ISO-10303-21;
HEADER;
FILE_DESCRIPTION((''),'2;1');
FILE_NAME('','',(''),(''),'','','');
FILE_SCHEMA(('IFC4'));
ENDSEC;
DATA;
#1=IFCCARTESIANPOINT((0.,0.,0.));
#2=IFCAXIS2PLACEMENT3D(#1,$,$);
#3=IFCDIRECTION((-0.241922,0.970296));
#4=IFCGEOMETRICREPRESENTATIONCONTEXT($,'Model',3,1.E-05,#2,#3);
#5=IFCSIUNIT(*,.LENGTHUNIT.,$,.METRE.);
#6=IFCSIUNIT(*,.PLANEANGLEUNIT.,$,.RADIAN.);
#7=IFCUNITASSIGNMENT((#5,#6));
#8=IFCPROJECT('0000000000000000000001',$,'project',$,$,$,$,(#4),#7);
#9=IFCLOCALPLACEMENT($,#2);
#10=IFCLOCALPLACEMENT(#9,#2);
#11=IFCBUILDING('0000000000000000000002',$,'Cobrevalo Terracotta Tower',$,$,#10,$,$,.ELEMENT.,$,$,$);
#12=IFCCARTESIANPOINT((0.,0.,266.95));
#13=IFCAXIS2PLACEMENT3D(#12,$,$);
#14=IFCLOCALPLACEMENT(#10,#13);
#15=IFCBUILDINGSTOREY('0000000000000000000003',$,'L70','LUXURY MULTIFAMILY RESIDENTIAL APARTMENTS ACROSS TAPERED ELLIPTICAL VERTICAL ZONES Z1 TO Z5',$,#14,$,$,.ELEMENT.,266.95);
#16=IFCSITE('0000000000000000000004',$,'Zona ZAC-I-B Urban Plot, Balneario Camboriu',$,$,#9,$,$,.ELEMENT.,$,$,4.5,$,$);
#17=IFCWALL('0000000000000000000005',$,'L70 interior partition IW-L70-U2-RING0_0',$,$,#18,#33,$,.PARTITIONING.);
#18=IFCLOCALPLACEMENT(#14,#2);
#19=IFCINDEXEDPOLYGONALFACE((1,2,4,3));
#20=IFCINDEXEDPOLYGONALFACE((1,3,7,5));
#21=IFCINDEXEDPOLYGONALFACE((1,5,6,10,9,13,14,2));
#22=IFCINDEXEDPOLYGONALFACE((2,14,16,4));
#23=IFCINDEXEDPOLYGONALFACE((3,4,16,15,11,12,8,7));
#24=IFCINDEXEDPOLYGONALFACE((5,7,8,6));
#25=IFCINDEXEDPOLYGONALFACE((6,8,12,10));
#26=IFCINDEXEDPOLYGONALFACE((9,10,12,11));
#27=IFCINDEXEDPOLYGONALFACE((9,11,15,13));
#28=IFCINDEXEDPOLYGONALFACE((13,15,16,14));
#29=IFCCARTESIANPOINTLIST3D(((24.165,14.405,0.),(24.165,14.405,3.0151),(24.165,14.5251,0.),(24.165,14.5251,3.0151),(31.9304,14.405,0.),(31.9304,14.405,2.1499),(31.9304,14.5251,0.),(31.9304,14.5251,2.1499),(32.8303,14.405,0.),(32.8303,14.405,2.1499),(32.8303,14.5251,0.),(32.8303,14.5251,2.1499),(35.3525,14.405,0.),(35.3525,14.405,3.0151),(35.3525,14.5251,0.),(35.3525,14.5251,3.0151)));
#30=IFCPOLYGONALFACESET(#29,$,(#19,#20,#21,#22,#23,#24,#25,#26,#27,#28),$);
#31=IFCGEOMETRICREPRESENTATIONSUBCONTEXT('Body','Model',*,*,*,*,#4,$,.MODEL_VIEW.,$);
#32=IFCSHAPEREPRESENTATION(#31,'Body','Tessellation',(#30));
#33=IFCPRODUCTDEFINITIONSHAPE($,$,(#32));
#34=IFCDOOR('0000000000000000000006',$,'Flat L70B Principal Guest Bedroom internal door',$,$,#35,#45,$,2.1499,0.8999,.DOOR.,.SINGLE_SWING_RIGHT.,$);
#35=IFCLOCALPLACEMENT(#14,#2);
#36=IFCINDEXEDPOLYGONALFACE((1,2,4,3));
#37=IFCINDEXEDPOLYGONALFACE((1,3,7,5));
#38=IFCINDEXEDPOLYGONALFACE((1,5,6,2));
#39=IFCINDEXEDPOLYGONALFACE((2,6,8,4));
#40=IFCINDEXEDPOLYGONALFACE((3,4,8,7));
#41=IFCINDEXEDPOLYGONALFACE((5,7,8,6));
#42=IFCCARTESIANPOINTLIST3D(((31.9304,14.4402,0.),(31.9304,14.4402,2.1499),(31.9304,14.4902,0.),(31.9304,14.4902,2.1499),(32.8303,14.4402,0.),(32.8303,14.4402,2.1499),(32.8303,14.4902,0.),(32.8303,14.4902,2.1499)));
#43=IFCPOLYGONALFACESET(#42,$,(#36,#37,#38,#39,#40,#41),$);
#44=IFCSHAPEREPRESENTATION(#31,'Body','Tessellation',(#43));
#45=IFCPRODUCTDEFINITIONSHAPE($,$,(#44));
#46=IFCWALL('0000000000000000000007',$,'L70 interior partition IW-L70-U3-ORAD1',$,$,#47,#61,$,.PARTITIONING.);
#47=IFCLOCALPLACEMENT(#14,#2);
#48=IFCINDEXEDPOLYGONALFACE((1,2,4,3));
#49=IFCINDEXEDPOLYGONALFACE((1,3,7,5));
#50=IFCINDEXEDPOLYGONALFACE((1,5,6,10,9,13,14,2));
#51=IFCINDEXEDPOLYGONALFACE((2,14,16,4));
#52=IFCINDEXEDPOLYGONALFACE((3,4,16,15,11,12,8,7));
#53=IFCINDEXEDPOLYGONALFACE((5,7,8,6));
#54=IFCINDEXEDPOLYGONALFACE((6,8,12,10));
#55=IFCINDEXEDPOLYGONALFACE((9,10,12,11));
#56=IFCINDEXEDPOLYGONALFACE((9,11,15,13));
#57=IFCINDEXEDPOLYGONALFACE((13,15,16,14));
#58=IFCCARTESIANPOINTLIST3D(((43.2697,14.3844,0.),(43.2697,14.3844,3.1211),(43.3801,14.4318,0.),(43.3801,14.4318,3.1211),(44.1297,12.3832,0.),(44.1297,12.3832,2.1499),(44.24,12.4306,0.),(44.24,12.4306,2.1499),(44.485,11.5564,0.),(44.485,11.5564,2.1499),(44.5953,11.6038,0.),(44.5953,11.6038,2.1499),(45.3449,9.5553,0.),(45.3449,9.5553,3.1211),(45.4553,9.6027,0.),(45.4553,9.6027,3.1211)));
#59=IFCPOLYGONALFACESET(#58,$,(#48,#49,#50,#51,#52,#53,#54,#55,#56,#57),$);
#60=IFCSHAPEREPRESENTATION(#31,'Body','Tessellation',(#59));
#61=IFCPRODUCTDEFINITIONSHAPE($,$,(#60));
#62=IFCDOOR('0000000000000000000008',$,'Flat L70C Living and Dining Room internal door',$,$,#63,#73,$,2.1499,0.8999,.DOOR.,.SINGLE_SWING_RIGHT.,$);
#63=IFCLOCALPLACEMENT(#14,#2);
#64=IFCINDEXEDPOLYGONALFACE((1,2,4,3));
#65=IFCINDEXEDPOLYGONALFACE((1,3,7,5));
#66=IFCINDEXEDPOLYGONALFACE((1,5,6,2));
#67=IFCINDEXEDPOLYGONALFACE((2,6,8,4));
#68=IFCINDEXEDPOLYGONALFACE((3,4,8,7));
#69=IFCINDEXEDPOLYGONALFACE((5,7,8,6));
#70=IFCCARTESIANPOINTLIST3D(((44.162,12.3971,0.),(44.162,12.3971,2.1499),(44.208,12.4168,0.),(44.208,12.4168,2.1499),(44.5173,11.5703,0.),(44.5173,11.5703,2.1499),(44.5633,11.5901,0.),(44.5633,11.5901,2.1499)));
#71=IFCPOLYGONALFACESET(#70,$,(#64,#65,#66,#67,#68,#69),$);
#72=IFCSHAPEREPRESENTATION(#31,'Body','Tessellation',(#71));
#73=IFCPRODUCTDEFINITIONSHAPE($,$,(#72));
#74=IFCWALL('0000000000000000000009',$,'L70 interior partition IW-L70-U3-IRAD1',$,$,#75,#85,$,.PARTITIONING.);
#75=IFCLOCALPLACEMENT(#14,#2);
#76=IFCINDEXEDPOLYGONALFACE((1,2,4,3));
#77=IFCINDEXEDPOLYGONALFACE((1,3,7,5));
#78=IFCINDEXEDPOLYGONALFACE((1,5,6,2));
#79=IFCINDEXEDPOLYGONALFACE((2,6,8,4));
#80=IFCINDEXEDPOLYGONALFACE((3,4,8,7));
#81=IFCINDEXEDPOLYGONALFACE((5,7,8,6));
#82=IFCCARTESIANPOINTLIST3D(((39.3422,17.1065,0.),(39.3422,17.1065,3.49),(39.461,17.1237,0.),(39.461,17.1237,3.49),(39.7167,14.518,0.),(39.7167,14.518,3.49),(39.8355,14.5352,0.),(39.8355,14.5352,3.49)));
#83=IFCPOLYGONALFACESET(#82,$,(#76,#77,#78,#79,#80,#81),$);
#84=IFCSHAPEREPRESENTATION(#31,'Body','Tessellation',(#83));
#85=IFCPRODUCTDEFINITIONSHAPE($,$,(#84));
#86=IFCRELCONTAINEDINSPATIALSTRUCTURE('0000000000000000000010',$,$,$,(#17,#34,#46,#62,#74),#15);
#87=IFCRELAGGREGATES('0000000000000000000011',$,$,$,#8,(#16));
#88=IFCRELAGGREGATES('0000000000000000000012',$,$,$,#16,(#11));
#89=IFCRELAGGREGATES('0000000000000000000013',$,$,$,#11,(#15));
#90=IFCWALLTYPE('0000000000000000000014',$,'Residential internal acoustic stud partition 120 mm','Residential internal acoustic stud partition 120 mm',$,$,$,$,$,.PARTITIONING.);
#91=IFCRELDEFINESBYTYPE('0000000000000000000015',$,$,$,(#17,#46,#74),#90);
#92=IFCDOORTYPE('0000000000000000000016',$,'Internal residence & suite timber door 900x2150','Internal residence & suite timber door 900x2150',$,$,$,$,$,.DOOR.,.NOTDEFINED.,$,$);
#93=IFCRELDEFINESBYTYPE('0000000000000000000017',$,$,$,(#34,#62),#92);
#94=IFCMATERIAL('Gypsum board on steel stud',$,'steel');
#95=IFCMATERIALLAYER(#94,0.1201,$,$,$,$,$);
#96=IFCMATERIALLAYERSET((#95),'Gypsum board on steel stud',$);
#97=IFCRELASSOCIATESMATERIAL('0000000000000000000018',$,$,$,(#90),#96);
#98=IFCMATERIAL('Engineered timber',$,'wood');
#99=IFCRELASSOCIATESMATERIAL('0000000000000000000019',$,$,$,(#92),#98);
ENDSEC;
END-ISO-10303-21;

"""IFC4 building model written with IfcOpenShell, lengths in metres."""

from ifc_helpers import new_model, si_unit, direction, frame, frame_2d, origin, place, context, subcontext, project, spatial, rectangle, extrude, source, transform, mapped, material, layer, layer_set, type_object, element, fill, save


model = new_model("IFC4")

# Units and contexts
model_context = context("Model", 3, precision=1e-05, world=origin(), true_north=direction((-0.241922, 0.970296)))
body_context = subcontext(model_context, "Body", "Model", "MODEL_VIEW")
ifc_project = project(units=[si_unit("LENGTHUNIT", "METRE"), si_unit("PLANEANGLEUNIT", "RADIAN")], contexts=[model_context])

# Site, building, storey
site_placement = place(None, origin())
site = spatial("IfcSite", under=ifc_project, at=site_placement, Name="Zona ZAC-I-B Urban Plot, Balneario Camboriu", CompositionType="ELEMENT", RefElevation=4.5)
building_placement = place(site_placement, origin())
building = spatial("IfcBuilding", under=site, at=building_placement, Name="Cobrevalo Terracotta Tower", CompositionType="ELEMENT")
storey_placement = place(building_placement, frame((0.0, 0.0, 266.95)))
storey = spatial("IfcBuildingStorey", under=building, at=storey_placement, Name="L70", Description="LUXURY MULTIFAMILY RESIDENTIAL APARTMENTS ACROSS TAPERED ELLIPTICAL VERTICAL ZONES Z1 TO Z5", CompositionType="ELEMENT", Elevation=266.95)

# Walls, openings, doors
ifc_material_1 = material(Name="Gypsum board on steel stud", Category="steel")
ifc_layer_1 = layer(ifc_material_1, 0.1201)
ifc_layer_set_1 = layer_set([ifc_layer_1], Name="Gypsum board on steel stud")
wall_type_1 = type_object("IfcWallType", Name="Residential internal acoustic stud partition 120 mm", Description="Residential internal acoustic stud partition 120 mm", PredefinedType="PARTITIONING", material=ifc_layer_set_1)
wall_1_placement = place(storey_placement, frame((35.3525, 14.4651, 0.0), z_axis=(0.0, 0.0, 1.0), x_axis=(-1.0, 0.0, 0.0)))
wall_1 = element("IfcWall", 1, at=wall_1_placement, inside=storey, type_object=wall_type_1, Name="L70 interior partition IW-L70-U2-RING0_0", PredefinedType="PARTITIONING", context=body_context, shape_type="SweptSolid", body=[
    extrude(rectangle(XDim=11.1875, YDim=0.1201, at=frame_2d((5.5938, 0.0))), origin(), (0.0, 0.0, 1.0), 3.0151),
])
opening_1_placement = place(wall_1_placement, frame((2.5222, 0.0, 0.0)))
opening_1 = element("IfcOpeningElement", 2, at=opening_1_placement, cuts=wall_1, PredefinedType="OPENING", context=body_context, shape_type="SweptSolid", body=[
    extrude(rectangle(XDim=0.8999, YDim=2.1499, at=frame_2d((0.45, 1.075))), frame((0.0, 0.0701, 0.0), z_axis=(0.0, -1.0, 0.0), x_axis=(1.0, 0.0, 0.0)), (0.0, 0.0, 1.0), 0.1401),
])
ifc_material_2 = material(Name="Engineered timber", Category="wood")
door_type = type_object("IfcDoorType", Name="Internal residence & suite timber door 900x2150", Description="Internal residence & suite timber door 900x2150", OperationType="NOTDEFINED", PredefinedType="DOOR", material=ifc_material_2)
shared_shape_1 = source(origin(), body_context, "Body", "SweptSolid", [
    extrude(rectangle(XDim=0.8999, YDim=2.1499, at=frame_2d((0.45, 1.075))), frame((0.0, 0.0249, 0.0), z_axis=(0.0, -1.0, 0.0), x_axis=(1.0, 0.0, 0.0)), (0.0, 0.0, 1.0), 0.05),
])
door_1_placement = place(opening_1_placement, origin())
door_1 = element("IfcDoor", 3, at=door_1_placement, inside=storey, type_object=door_type, Name="Flat L70B Principal Guest Bedroom internal door", OperationType="SINGLE_SWING_RIGHT", OverallHeight=2.1499, OverallWidth=0.8999, PredefinedType="DOOR", context=body_context, shape_type="MappedRepresentation", body=[
    mapped(shared_shape_1, transform((0.0, 0.0, 0.0), scale=1.0)),
])
fill(opening_1, door_1)
wall_2_placement = place(storey_placement, frame((43.325, 14.408, 0.0), z_axis=(0.0, 0.0, 1.0), x_axis=(0.394816, -0.91876, 0.0)))
wall_2 = element("IfcWall", 4, at=wall_2_placement, inside=storey, type_object=wall_type_1, Name="L70 interior partition IW-L70-U3-ORAD1", PredefinedType="PARTITIONING", context=body_context, shape_type="SweptSolid", body=[
    extrude(rectangle(XDim=5.2561, YDim=0.1201, at=frame_2d((2.6279, 0.0))), origin(), (0.0, 0.0, 1.0), 3.1211),
])
opening_2_placement = place(wall_2_placement, frame((2.178, 0.0, 0.0)))
opening_2 = element("IfcOpeningElement", 5, at=opening_2_placement, cuts=wall_2, PredefinedType="OPENING", context=body_context, shape_type="SweptSolid", body=[
    extrude(rectangle(XDim=0.8999, YDim=2.1499, at=frame_2d((0.45, 1.075))), frame((0.0, 0.0701, 0.0), z_axis=(0.0, -1.0, 0.0), x_axis=(1.0, 0.0, 0.0)), (0.0, 0.0, 1.0), 0.1401),
])
door_2_placement = place(opening_2_placement, frame((0.8999, 0.0, 0.0), z_axis=(0.0, 0.0, 1.0), x_axis=(-1.0, 0.0, 0.0)))
door_2 = element("IfcDoor", 6, at=door_2_placement, inside=storey, type_object=door_type, Name="Flat L70C Living and Dining Room internal door", OperationType="SINGLE_SWING_RIGHT", OverallHeight=2.1499, OverallWidth=0.8999, PredefinedType="DOOR", context=body_context, shape_type="MappedRepresentation", body=[
    mapped(shared_shape_1, transform((0.0, 0.0, 0.0), scale=1.0)),
])
fill(opening_2, door_2)

# Wall
wall_3_placement = place(storey_placement, frame((39.4016, 17.115, 0.0), z_axis=(0.0, 0.0, 1.0), x_axis=(0.143185, -0.989696, 0.0)))
element("IfcWall", 7, at=wall_3_placement, inside=storey, type_object=wall_type_1, Name="L70 interior partition IW-L70-U3-IRAD1", PredefinedType="PARTITIONING", context=body_context, shape_type="SweptSolid", body=[
    extrude(rectangle(XDim=2.6155, YDim=0.1201, at=frame_2d((1.3076, 0.0))), origin(), (0.0, 0.0, 1.0), 3.49),
])

save(model, "model.ifc")
